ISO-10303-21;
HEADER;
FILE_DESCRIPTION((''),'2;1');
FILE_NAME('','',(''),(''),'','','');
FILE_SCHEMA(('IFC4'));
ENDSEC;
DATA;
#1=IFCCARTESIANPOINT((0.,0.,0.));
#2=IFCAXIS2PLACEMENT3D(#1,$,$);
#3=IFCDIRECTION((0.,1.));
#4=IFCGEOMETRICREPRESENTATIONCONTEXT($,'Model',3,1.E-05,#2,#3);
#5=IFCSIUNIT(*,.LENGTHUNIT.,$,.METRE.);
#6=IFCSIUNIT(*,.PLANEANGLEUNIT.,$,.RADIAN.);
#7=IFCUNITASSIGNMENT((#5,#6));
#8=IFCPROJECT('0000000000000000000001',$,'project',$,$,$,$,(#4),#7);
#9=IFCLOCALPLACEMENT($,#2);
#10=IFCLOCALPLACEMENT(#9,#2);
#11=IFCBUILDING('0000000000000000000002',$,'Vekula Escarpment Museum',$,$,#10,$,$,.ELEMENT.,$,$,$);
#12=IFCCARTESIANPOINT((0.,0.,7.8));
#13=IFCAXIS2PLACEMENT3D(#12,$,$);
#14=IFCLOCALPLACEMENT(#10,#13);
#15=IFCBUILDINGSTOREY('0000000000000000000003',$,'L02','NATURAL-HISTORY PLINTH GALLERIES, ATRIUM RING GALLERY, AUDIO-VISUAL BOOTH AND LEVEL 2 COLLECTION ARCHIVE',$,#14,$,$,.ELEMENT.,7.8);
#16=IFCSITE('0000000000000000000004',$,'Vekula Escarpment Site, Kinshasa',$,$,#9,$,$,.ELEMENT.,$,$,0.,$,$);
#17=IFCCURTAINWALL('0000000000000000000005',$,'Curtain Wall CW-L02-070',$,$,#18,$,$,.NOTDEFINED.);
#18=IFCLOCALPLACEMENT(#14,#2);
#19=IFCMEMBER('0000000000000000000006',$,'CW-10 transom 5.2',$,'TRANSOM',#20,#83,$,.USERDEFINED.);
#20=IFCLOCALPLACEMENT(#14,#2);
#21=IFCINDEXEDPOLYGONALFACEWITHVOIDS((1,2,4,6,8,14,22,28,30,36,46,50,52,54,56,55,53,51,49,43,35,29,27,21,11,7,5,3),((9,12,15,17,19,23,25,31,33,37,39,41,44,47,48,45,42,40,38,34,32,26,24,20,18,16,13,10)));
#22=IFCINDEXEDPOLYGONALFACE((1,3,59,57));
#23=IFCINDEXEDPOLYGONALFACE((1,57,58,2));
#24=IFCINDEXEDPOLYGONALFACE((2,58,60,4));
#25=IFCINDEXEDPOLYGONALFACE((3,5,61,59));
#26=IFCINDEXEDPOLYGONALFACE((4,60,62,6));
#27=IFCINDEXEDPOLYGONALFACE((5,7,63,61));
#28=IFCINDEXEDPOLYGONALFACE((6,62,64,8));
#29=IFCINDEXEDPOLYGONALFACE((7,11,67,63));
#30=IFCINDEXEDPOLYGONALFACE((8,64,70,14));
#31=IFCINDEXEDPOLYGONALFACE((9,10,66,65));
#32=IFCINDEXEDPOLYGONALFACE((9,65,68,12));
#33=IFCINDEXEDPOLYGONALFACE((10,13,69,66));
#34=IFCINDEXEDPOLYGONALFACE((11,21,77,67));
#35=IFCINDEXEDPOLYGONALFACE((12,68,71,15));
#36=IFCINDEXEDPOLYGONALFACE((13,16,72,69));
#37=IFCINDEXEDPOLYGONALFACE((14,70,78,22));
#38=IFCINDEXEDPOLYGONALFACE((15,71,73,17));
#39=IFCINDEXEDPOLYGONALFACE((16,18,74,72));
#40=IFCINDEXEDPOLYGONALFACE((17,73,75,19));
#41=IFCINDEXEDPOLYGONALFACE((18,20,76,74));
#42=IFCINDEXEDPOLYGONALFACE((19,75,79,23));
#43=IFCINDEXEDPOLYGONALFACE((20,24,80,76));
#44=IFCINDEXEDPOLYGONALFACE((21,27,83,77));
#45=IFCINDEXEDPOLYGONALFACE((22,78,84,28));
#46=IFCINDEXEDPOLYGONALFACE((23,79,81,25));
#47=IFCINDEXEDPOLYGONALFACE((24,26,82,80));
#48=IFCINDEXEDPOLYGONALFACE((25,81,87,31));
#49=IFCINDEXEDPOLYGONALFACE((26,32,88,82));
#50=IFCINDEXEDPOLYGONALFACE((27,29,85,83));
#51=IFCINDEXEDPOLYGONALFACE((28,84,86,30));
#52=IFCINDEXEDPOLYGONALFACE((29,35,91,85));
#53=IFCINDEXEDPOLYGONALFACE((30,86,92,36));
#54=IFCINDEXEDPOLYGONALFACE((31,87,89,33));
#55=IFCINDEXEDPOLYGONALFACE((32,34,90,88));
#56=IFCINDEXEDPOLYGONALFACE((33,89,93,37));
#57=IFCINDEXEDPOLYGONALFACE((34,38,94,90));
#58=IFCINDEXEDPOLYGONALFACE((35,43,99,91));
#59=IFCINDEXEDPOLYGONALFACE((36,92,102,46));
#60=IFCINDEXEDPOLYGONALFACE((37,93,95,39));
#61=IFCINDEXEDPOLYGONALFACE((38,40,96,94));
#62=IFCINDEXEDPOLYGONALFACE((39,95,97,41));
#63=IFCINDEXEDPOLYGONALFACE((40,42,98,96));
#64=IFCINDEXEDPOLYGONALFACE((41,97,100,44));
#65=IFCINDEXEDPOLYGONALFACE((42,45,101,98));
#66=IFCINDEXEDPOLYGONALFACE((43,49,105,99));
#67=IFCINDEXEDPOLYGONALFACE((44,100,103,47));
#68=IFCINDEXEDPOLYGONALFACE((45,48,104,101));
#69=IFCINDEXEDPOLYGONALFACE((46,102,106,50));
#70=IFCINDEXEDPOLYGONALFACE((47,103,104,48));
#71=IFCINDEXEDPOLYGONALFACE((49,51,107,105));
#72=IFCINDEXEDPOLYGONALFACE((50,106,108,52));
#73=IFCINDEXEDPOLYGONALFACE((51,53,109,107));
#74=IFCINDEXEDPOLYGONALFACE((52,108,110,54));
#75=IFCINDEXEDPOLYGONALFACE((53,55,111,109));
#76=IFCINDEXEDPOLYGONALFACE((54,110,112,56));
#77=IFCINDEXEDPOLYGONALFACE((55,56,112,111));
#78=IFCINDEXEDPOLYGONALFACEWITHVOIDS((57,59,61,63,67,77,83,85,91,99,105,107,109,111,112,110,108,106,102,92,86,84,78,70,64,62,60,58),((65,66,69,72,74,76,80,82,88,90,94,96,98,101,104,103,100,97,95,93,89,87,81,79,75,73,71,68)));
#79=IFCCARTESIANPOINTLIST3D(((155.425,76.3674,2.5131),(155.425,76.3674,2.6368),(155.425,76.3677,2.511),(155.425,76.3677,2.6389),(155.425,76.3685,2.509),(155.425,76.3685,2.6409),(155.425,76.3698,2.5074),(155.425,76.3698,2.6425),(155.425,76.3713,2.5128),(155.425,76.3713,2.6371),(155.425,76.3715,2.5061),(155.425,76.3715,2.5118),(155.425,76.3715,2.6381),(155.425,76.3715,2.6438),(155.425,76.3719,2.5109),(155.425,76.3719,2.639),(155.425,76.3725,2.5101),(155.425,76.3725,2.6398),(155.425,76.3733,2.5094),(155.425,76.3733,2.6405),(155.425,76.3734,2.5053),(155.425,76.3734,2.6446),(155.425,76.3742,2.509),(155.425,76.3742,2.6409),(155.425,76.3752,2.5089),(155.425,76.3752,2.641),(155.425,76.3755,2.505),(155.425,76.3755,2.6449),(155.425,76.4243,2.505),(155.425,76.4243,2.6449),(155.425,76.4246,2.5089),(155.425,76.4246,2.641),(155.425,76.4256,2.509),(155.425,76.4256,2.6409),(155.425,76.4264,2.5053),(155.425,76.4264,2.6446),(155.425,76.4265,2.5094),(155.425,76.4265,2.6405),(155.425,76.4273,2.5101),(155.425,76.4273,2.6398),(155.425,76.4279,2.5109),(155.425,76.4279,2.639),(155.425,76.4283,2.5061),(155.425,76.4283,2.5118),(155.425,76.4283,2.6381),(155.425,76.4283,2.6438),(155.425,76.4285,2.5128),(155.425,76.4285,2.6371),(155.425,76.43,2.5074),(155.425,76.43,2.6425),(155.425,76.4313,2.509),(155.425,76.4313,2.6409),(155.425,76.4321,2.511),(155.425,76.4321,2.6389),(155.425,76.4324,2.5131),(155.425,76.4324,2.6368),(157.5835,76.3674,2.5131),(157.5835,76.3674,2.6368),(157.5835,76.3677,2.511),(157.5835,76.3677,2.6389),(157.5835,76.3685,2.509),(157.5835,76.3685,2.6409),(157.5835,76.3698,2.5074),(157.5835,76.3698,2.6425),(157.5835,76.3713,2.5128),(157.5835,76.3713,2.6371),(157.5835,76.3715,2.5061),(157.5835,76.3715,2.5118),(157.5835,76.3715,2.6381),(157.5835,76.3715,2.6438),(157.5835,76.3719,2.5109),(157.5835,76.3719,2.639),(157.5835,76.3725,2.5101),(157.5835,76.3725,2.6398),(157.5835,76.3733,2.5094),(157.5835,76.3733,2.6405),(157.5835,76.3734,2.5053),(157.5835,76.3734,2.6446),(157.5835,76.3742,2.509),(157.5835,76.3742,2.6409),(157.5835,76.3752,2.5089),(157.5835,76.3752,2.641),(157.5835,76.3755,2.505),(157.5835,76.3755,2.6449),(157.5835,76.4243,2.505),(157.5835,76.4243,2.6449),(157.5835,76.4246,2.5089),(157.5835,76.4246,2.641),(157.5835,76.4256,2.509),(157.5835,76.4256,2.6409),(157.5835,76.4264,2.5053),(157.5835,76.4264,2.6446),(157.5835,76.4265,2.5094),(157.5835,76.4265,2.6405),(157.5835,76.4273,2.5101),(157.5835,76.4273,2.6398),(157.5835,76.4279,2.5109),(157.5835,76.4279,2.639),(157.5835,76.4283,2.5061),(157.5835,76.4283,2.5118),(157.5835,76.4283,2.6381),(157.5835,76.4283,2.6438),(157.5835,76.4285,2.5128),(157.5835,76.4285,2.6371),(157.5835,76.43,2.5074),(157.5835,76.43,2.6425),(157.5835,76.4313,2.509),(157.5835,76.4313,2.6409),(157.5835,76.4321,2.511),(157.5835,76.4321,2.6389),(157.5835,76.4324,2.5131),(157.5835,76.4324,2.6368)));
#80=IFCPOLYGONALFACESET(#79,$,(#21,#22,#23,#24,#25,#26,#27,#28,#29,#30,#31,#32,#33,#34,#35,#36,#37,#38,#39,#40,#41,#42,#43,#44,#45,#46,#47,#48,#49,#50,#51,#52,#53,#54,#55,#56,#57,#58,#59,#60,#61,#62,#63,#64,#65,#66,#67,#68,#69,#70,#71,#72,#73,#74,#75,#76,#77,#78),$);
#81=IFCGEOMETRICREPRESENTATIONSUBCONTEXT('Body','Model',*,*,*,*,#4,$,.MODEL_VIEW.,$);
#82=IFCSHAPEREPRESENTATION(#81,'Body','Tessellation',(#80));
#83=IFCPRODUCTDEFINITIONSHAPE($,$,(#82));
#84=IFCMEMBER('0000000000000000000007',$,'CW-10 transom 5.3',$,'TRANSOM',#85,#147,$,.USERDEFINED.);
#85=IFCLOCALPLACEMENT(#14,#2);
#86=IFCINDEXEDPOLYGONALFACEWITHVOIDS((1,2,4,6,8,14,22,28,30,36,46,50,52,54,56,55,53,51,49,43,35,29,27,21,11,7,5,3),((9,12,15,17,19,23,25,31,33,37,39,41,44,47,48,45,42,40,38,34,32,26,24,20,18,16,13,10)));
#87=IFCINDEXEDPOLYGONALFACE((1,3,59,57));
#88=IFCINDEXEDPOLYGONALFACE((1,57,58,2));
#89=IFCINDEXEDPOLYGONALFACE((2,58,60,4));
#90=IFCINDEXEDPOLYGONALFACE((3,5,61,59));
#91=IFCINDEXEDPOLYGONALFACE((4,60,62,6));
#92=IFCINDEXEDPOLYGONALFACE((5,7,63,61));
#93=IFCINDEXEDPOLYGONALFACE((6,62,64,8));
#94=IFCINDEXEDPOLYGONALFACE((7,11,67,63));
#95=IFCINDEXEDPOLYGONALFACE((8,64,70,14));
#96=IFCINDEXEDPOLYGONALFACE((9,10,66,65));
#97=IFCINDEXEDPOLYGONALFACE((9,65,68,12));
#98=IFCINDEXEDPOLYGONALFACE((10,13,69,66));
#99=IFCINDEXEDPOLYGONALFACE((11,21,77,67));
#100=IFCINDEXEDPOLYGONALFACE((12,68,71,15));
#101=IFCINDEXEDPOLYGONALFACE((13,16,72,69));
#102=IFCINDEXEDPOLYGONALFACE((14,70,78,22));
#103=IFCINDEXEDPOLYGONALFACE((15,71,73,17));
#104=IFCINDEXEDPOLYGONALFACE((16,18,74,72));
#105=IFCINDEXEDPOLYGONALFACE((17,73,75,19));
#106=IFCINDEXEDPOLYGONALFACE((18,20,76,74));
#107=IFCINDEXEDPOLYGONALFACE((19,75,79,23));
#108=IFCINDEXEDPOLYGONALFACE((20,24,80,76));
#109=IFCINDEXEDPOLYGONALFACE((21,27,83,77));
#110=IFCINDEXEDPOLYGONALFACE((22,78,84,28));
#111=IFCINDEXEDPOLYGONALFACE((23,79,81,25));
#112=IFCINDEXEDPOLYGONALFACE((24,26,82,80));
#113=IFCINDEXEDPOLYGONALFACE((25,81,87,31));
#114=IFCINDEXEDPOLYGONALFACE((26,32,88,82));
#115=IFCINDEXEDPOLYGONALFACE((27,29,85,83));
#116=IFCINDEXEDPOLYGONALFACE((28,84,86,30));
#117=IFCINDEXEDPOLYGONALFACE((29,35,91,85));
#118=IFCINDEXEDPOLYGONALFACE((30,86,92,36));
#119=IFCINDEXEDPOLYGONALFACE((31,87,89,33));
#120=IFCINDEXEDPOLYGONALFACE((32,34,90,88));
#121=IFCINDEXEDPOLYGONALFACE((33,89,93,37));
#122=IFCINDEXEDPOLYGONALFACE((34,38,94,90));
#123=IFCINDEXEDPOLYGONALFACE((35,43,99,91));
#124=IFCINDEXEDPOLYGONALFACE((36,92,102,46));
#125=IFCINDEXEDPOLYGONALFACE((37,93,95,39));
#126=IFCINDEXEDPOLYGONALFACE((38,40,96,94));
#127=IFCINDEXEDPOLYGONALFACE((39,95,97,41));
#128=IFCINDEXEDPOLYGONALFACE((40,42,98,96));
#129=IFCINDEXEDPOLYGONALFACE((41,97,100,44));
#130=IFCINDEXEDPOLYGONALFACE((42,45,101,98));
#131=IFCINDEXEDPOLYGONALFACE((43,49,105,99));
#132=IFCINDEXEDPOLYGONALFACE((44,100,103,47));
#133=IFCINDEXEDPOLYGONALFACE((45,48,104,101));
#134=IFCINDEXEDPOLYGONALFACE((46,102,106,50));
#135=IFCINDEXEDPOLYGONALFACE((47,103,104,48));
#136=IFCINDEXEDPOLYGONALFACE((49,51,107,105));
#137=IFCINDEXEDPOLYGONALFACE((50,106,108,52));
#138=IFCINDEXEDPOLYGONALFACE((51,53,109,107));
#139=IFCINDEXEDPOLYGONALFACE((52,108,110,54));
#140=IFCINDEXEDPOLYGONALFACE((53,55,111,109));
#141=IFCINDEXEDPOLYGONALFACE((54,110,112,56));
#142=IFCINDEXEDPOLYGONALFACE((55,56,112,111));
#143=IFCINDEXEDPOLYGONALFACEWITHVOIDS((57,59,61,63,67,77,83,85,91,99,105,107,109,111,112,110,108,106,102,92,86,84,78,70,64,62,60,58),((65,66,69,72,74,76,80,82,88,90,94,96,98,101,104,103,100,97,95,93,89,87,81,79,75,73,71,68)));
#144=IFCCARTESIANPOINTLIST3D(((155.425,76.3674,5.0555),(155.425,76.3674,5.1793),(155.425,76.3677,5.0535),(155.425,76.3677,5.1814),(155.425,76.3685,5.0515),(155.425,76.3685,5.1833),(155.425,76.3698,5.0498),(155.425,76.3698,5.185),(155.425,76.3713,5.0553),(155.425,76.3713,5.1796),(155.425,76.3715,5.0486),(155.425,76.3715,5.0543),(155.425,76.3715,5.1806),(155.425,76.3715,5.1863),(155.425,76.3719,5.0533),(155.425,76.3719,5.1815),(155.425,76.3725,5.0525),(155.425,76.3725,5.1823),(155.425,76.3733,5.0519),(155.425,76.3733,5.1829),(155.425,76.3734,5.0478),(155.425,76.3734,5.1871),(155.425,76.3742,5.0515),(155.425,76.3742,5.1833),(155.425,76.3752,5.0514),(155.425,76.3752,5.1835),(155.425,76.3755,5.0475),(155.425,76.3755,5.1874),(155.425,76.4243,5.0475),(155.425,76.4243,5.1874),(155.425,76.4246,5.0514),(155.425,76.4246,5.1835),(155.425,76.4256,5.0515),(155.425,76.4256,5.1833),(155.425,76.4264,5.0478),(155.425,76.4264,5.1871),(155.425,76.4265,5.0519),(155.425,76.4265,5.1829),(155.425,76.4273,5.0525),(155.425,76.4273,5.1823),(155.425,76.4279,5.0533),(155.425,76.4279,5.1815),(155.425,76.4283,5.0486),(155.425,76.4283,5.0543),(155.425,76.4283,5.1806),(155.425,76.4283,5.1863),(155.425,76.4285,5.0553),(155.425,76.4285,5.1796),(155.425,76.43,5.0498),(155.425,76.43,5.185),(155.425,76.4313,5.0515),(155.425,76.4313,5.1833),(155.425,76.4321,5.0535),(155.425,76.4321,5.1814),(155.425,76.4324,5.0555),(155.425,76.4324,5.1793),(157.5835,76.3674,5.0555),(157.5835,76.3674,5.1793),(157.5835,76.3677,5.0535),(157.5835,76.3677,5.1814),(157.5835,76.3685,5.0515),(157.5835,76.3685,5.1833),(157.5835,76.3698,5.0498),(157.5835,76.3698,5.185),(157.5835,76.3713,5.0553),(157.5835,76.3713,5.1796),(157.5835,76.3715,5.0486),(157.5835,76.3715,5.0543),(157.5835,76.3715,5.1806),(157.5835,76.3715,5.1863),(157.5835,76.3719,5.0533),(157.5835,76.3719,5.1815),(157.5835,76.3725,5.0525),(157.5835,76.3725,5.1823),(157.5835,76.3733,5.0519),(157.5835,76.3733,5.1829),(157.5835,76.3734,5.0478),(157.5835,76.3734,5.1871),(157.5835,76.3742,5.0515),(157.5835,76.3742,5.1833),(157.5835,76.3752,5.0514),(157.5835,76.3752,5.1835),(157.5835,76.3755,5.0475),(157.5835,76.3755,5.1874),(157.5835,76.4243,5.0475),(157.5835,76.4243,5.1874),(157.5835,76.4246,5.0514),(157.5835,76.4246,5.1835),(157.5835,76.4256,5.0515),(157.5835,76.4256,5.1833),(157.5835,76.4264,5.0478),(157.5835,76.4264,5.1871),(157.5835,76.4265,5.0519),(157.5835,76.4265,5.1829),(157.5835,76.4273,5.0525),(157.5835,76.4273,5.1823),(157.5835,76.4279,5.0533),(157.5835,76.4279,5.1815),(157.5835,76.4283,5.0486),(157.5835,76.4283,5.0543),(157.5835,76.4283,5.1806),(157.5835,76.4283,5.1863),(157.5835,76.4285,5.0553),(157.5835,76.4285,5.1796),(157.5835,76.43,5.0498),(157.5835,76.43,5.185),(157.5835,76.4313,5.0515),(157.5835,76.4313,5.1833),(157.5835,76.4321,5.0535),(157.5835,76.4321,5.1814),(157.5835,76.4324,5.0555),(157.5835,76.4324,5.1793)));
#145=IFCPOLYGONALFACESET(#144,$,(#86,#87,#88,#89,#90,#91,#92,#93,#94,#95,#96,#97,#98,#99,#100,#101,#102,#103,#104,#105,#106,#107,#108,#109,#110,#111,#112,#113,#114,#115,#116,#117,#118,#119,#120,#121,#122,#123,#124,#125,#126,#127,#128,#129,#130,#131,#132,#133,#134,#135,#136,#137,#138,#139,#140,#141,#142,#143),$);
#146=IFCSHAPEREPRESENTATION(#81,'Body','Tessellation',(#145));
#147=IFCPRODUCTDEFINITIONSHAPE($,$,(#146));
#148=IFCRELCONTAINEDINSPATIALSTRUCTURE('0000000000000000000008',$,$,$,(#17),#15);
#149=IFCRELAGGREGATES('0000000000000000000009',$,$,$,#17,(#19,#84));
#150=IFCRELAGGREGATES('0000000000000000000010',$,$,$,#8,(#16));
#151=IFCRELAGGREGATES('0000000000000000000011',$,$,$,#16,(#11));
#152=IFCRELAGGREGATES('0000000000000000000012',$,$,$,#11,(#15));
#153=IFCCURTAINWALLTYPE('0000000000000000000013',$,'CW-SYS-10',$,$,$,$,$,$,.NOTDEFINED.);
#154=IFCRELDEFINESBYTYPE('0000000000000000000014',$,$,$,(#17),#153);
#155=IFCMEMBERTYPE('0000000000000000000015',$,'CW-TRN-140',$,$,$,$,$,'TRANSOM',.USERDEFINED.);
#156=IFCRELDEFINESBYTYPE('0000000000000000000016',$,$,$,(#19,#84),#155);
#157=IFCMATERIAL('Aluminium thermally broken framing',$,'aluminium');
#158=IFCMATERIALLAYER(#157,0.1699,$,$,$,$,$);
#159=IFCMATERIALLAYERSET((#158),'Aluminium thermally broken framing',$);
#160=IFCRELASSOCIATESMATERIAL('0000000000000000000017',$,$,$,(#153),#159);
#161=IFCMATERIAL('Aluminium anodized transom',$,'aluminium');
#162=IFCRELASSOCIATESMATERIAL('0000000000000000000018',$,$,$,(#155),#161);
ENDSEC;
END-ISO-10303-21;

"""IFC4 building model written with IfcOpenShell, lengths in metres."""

from ifc_helpers import new_model, si_unit, direction, frame, origin, origin_2d, place, context, subcontext, project, spatial, hollow_rectangle, extrude, material, layer, layer_set, material_profile, profile_set, type_object, element, aggregate, save


model = new_model("IFC4")

# Units and contexts
model_context = context("Model", 3, precision=1e-05, world=origin(), true_north=direction((0.0, 1.0)))
body_context = subcontext(model_context, "Body", "Model", "MODEL_VIEW")
ifc_project = project(units=[si_unit("LENGTHUNIT", "METRE"), si_unit("PLANEANGLEUNIT", "RADIAN")], contexts=[model_context])

# Site, building, storey
site_placement = place(None, origin())
site = spatial("IfcSite", under=ifc_project, at=site_placement, Name="Vekula Escarpment Site, Kinshasa", CompositionType="ELEMENT", RefElevation=0.0)
building_placement = place(site_placement, origin())
building = spatial("IfcBuilding", under=site, at=building_placement, Name="Vekula Escarpment Museum", CompositionType="ELEMENT")
storey_placement = place(building_placement, frame((0.0, 0.0, 7.8)))
storey = spatial("IfcBuildingStorey", under=building, at=storey_placement, Name="L02", Description="NATURAL-HISTORY PLINTH GALLERIES, ATRIUM RING GALLERY, AUDIO-VISUAL BOOTH AND LEVEL 2 COLLECTION ARCHIVE", CompositionType="ELEMENT", Elevation=7.8)

# Curtain wall
ifc_material_1 = material(Name="Aluminium thermally broken framing", Category="aluminium")
ifc_layer_1 = layer(ifc_material_1, 0.1699)
ifc_layer_set_1 = layer_set([ifc_layer_1], Name="Aluminium thermally broken framing")
curtain_wall_type_1 = type_object("IfcCurtainWallType", Name="CW-SYS-10", PredefinedType="NOTDEFINED", material=ifc_layer_set_1)
curtain_wall_1_placement = place(storey_placement, origin())
curtain_wall_1 = element("IfcCurtainWall", 1, at=curtain_wall_1_placement, inside=storey, type_object=curtain_wall_type_1, Name="Curtain Wall CW-L02-070", PredefinedType="NOTDEFINED")

# Members
ifc_material_2 = material(Name="Aluminium anodized transom", Category="aluminium")
ifc_material_profile_1 = material_profile(ifc_material_2, hollow_rectangle(XDim=0.0649, YDim=0.1399, WallThickness=0.0039, InnerFilletRadius=0.0039, OuterFilletRadius=0.0081, at=origin_2d()), Name="ALU 140x65x4")
ifc_profile_set_1 = profile_set([ifc_material_profile_1], Name="Aluminium anodized transom")
member_type_1 = type_object("IfcMemberType", Name="CW-TRN-140", ElementType="TRANSOM", PredefinedType="USERDEFINED", material=ifc_profile_set_1)
member_1_placement = place(storey_placement, frame((157.5835, 76.3999, 2.575), z_axis=(-1.0, 0.0, 0.0), x_axis=(0.0, -1.0, 0.0)))
member_1 = element("IfcMember", 2, at=member_1_placement, type_object=member_type_1, Name="CW-10 transom 5.2", ObjectType="TRANSOM", PredefinedType="USERDEFINED", context=body_context, shape_type="SweptSolid", body=[
    extrude(hollow_rectangle(XDim=0.0649, YDim=0.1399, WallThickness=0.0039, InnerFilletRadius=0.0039, OuterFilletRadius=0.0081, at=origin_2d()), origin(), (0.0, 0.0, 1.0), 2.1584),
])
member_2_placement = place(storey_placement, frame((157.5835, 76.3999, 5.1174), z_axis=(-1.0, 0.0, 0.0), x_axis=(0.0, -1.0, 0.0)))
member_2 = element("IfcMember", 3, at=member_2_placement, type_object=member_type_1, Name="CW-10 transom 5.3", ObjectType="TRANSOM", PredefinedType="USERDEFINED", context=body_context, shape_type="SweptSolid", body=[
    extrude(hollow_rectangle(XDim=0.0649, YDim=0.1399, WallThickness=0.0039, InnerFilletRadius=0.0039, OuterFilletRadius=0.0081, at=origin_2d()), origin(), (0.0, 0.0, 1.0), 2.1584),
])

aggregate(curtain_wall_1, [member_1, member_2])

save(model, "model.ifc")
